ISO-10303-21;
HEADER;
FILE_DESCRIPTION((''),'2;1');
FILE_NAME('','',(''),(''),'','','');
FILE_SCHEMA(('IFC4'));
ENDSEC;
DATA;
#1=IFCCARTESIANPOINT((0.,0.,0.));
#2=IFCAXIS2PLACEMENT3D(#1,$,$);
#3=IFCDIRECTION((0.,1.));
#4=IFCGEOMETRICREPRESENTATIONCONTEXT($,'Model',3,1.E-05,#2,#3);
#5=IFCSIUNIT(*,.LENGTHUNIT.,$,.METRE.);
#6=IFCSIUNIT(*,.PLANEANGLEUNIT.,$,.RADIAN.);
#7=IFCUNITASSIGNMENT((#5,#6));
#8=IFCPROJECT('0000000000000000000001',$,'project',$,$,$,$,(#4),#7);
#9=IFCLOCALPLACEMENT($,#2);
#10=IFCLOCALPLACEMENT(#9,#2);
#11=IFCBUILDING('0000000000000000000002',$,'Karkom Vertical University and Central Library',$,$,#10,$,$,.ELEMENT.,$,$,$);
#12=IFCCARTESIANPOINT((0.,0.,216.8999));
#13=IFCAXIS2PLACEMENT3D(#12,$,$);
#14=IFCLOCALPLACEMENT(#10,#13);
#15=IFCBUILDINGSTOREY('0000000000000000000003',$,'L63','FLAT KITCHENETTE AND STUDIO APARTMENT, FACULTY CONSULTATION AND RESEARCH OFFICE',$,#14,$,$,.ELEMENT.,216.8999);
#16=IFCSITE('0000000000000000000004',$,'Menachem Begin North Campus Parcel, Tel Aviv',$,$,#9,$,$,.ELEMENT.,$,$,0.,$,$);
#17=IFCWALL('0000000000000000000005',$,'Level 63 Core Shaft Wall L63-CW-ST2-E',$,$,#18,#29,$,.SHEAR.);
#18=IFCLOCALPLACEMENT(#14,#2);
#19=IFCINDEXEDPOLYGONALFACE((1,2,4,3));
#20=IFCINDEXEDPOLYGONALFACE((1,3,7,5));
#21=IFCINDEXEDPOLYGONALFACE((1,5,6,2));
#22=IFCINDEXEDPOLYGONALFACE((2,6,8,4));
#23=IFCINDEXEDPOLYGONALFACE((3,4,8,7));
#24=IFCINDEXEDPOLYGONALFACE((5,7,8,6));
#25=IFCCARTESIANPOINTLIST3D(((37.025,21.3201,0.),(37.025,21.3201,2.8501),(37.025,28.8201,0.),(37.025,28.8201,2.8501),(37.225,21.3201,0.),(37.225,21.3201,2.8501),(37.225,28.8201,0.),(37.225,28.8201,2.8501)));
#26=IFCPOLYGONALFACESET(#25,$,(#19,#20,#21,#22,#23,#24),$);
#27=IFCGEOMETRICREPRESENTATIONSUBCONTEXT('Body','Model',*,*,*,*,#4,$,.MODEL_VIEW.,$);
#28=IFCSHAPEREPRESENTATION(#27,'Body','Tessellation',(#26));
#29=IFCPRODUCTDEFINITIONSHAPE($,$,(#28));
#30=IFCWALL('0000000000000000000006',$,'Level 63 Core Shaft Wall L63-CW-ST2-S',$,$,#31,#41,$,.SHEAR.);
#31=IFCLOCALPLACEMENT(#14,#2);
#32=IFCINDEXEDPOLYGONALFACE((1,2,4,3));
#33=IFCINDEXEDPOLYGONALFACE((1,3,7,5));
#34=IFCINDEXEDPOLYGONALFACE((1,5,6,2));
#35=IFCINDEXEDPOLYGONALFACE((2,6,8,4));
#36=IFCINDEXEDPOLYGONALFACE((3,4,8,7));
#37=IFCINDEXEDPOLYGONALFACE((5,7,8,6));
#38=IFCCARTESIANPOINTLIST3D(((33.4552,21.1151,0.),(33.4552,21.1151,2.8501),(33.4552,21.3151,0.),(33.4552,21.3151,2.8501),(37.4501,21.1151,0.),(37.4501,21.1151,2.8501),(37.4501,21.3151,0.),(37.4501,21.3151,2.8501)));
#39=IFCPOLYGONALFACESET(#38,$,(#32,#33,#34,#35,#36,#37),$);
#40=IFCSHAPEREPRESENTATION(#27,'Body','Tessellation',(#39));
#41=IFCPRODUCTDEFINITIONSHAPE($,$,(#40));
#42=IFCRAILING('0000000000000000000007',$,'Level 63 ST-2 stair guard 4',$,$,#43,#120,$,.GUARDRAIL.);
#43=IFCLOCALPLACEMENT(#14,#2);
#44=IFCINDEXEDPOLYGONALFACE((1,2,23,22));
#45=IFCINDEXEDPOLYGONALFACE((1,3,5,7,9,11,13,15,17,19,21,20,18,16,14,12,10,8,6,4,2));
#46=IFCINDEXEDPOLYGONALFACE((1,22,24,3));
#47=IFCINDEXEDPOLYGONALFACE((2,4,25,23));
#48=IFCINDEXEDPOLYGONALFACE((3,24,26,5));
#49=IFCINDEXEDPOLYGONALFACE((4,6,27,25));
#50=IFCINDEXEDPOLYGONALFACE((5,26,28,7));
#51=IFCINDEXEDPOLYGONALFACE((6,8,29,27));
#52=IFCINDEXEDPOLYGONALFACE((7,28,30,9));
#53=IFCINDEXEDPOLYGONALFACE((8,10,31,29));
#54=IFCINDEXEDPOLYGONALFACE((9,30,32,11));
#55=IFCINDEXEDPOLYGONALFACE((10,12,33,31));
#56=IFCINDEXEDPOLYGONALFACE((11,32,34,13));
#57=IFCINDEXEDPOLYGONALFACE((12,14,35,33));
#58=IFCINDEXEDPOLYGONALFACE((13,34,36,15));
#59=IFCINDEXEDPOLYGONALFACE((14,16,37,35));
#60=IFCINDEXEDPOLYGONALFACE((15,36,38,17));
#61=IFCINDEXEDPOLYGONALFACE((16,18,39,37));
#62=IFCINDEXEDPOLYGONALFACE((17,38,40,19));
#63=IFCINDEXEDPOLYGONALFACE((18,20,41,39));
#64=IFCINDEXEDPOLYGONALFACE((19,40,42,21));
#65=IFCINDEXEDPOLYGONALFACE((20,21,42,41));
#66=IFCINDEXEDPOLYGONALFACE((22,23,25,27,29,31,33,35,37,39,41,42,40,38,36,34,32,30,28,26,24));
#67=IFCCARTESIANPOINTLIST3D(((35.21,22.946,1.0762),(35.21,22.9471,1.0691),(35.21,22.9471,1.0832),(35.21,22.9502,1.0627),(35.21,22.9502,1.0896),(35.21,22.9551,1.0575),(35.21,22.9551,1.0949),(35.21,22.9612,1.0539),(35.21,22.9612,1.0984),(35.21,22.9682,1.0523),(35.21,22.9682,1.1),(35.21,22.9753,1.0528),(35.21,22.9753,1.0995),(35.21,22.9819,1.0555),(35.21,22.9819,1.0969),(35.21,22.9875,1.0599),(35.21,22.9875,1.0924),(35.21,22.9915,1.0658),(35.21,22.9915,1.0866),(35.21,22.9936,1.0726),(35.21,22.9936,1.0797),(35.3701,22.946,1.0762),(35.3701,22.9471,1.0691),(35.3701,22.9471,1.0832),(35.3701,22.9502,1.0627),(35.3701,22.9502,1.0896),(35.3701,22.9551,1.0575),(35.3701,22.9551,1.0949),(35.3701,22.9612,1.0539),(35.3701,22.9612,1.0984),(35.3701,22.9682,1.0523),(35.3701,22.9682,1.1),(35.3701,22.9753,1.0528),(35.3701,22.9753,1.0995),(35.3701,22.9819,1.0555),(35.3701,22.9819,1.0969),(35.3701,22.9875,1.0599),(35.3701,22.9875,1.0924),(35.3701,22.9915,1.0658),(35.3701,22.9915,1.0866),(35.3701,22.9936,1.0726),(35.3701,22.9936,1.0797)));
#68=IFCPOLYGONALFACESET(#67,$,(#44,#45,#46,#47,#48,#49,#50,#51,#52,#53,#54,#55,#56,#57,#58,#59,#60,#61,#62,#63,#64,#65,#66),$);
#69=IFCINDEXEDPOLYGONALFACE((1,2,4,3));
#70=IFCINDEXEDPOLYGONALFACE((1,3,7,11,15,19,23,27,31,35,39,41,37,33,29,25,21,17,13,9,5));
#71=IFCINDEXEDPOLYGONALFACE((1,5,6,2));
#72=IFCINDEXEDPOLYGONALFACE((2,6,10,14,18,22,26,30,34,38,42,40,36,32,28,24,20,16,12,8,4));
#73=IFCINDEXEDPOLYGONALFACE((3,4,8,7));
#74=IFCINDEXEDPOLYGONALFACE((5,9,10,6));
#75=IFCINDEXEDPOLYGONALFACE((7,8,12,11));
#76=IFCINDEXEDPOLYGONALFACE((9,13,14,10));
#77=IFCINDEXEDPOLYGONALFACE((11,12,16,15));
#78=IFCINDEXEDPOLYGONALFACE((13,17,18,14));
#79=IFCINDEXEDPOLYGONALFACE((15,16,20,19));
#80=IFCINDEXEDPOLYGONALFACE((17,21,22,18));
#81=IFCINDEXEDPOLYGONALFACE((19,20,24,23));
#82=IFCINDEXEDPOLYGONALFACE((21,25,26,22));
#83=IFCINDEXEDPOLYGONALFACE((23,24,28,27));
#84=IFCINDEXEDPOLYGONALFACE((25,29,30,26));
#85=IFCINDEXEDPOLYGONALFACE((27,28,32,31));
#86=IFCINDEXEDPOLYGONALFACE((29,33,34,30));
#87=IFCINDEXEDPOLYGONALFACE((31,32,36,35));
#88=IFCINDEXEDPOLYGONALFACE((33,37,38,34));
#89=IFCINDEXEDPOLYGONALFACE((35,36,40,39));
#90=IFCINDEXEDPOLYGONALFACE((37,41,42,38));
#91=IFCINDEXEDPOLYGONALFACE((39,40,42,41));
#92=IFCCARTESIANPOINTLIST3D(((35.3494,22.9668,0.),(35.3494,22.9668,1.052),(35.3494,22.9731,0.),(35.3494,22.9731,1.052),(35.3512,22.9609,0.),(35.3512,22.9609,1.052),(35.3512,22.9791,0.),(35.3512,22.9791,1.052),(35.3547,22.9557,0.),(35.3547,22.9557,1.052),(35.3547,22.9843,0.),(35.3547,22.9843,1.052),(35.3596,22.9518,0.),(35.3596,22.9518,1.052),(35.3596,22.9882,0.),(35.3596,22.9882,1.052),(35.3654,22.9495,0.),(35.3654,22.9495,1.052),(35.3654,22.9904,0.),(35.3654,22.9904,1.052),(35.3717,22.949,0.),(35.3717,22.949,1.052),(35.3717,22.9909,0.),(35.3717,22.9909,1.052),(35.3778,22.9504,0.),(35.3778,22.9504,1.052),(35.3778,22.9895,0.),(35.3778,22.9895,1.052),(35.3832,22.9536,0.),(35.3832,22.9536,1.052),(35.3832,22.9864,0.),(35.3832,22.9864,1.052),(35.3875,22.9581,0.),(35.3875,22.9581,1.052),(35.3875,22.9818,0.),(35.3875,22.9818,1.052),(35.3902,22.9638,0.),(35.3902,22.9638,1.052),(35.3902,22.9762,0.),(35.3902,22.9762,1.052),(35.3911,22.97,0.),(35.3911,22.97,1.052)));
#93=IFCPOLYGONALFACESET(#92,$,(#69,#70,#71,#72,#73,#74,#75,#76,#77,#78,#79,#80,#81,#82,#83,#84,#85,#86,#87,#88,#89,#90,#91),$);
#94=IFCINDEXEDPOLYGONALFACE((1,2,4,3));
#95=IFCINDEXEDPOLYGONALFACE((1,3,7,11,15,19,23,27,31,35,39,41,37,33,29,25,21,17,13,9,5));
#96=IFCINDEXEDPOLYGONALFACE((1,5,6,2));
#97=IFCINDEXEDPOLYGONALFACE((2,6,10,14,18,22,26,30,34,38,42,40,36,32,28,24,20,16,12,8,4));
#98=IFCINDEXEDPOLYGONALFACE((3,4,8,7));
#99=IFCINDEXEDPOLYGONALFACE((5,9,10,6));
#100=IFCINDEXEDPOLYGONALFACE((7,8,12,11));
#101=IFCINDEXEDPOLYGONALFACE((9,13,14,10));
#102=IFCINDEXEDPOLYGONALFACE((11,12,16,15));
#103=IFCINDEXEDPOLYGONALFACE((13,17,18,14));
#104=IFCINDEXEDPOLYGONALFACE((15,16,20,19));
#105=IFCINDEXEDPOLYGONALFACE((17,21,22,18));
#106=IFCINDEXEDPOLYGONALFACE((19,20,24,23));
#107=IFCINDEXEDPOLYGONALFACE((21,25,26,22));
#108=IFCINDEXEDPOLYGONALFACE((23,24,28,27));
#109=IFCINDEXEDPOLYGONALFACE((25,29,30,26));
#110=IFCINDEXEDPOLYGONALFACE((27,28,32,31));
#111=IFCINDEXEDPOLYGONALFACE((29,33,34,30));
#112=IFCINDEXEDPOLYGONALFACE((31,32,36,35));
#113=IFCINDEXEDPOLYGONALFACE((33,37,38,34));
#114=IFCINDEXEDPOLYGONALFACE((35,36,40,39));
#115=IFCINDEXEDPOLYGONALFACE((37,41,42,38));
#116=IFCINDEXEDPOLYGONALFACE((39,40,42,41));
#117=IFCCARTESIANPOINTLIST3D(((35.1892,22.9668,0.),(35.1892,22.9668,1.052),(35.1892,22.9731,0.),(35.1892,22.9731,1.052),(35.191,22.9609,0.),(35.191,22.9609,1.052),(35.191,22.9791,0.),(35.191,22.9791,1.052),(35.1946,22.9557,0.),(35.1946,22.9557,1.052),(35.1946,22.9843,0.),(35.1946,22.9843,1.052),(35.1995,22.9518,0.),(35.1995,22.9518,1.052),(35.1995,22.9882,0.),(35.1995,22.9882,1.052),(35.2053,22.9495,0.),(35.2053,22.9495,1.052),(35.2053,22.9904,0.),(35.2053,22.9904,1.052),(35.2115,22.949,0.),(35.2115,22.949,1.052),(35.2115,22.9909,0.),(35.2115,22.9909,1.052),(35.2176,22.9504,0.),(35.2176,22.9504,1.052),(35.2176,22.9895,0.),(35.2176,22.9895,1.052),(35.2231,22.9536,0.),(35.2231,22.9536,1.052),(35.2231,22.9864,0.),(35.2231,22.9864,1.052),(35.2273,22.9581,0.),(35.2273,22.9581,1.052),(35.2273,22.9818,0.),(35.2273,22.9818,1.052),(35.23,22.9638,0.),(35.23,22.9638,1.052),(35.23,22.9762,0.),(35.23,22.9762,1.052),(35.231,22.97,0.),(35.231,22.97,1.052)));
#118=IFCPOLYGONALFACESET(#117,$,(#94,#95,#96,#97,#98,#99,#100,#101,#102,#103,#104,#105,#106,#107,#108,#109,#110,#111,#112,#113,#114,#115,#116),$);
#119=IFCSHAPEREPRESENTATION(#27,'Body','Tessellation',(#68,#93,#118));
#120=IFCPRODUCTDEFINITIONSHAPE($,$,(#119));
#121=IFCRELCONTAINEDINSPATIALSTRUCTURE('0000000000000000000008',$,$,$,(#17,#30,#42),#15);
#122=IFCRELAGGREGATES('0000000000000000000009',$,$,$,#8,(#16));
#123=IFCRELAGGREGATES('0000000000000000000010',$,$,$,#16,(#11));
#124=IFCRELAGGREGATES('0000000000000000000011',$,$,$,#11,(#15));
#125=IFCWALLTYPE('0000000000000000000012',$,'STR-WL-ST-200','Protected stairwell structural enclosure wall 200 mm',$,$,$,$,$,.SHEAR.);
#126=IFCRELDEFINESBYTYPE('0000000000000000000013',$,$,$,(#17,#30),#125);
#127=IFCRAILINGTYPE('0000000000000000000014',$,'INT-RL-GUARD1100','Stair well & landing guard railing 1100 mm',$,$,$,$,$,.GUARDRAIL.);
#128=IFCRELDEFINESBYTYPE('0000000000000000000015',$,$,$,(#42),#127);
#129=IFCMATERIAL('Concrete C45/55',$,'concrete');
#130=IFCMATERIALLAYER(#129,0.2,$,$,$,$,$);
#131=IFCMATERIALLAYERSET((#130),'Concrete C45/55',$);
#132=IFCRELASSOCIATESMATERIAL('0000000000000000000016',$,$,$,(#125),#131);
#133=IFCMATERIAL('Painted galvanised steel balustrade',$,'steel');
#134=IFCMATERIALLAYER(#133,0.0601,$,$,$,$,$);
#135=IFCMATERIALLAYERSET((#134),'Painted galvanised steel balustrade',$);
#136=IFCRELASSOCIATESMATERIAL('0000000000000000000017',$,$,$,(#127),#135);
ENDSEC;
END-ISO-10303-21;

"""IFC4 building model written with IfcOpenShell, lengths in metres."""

from ifc_helpers import new_model, si_unit, direction, frame, frame_2d, origin, origin_2d, place, context, subcontext, project, spatial, rectangle, circle, extrude, material, layer, layer_set, type_object, element, save


model = new_model("IFC4")

# Units and contexts
model_context = context("Model", 3, precision=1e-05, world=origin(), true_north=direction((0.0, 1.0)))
body_context = subcontext(model_context, "Body", "Model", "MODEL_VIEW")
ifc_project = project(units=[si_unit("LENGTHUNIT", "METRE"), si_unit("PLANEANGLEUNIT", "RADIAN")], contexts=[model_context])

# Site, building, storey
site_placement = place(None, origin())
site = spatial("IfcSite", under=ifc_project, at=site_placement, Name="Menachem Begin North Campus Parcel, Tel Aviv", CompositionType="ELEMENT", RefElevation=0.0)
building_placement = place(site_placement, origin())
building = spatial("IfcBuilding", under=site, at=building_placement, Name="Karkom Vertical University and Central Library", CompositionType="ELEMENT")
storey_placement = place(building_placement, frame((0.0, 0.0, 216.8999)))
storey = spatial("IfcBuildingStorey", under=building, at=storey_placement, Name="L63", Description="FLAT KITCHENETTE AND STUDIO APARTMENT, FACULTY CONSULTATION AND RESEARCH OFFICE", CompositionType="ELEMENT", Elevation=216.8999)

# Shared definitions
ifc_material_1 = material(Name="Concrete C45/55", Category="concrete")
ifc_layer_1 = layer(ifc_material_1, 0.2)
ifc_layer_set_1 = layer_set([ifc_layer_1], Name="Concrete C45/55")
wall_type_1 = type_object("IfcWallType", Name="STR-WL-ST-200", Description="Protected stairwell structural enclosure wall 200 mm", PredefinedType="SHEAR", material=ifc_layer_set_1)

# Walls
wall_1_placement = place(storey_placement, frame((37.125, 21.3201, 0.0), z_axis=(0.0, 0.0, 1.0), x_axis=(0.0, 1.0, 0.0)))
element("IfcWall", 1, at=wall_1_placement, inside=storey, type_object=wall_type_1, Name="Level 63 Core Shaft Wall L63-CW-ST2-E", PredefinedType="SHEAR", context=body_context, shape_type="SweptSolid", body=[
    extrude(rectangle(XDim=7.5, YDim=0.2, at=frame_2d((3.75, 0.0))), origin(), (0.0, 0.0, 1.0), 2.8501),
])
wall_2_placement = place(storey_placement, frame((33.4551, 21.2151, 0.0), z_axis=(0.0, 0.0, 1.0), x_axis=(1.0, 0.0, 0.0)))
element("IfcWall", 2, at=wall_2_placement, inside=storey, type_object=wall_type_1, Name="Level 63 Core Shaft Wall L63-CW-ST2-S", PredefinedType="SHEAR", context=body_context, shape_type="SweptSolid", body=[
    extrude(rectangle(XDim=3.9949, YDim=0.2, at=frame_2d((1.9976, 0.0))), origin(), (0.0, 0.0, 1.0), 2.8501),
])

# Railing
ifc_material_2 = material(Name="Painted galvanised steel balustrade", Category="steel")
ifc_layer_2 = layer(ifc_material_2, 0.0601)
ifc_layer_set_2 = layer_set([ifc_layer_2], Name="Painted galvanised steel balustrade")
railing_type = type_object("IfcRailingType", Name="INT-RL-GUARD1100", Description="Stair well & landing guard railing 1100 mm", PredefinedType="GUARDRAIL", material=ifc_layer_set_2)
railing_placement = place(storey_placement, frame((35.3701, 22.97, 0.0)))
element("IfcRailing", 3, at=railing_placement, inside=storey, type_object=railing_type, Name="Level 63 ST-2 stair guard 4", PredefinedType="GUARDRAIL", context=body_context, shape_type="SweptSolid", body=[
    extrude(circle(Radius=0.0239, at=origin_2d()), frame((0.0, 0.0, 1.0762), z_axis=(-1.0, 0.0, 0.0), x_axis=(0.0, -1.0, 0.0)), (0.0, 0.0, 1.0), 0.1602),
    extrude(circle(Radius=0.021, at=origin_2d()), origin(), (0.0, 0.0, 1.0), 1.052),
    extrude(circle(Radius=0.021, at=origin_2d()), frame((-0.1602, 0.0, 0.0)), (0.0, 0.0, 1.0), 1.052),
])

save(model, "model.ifc")
